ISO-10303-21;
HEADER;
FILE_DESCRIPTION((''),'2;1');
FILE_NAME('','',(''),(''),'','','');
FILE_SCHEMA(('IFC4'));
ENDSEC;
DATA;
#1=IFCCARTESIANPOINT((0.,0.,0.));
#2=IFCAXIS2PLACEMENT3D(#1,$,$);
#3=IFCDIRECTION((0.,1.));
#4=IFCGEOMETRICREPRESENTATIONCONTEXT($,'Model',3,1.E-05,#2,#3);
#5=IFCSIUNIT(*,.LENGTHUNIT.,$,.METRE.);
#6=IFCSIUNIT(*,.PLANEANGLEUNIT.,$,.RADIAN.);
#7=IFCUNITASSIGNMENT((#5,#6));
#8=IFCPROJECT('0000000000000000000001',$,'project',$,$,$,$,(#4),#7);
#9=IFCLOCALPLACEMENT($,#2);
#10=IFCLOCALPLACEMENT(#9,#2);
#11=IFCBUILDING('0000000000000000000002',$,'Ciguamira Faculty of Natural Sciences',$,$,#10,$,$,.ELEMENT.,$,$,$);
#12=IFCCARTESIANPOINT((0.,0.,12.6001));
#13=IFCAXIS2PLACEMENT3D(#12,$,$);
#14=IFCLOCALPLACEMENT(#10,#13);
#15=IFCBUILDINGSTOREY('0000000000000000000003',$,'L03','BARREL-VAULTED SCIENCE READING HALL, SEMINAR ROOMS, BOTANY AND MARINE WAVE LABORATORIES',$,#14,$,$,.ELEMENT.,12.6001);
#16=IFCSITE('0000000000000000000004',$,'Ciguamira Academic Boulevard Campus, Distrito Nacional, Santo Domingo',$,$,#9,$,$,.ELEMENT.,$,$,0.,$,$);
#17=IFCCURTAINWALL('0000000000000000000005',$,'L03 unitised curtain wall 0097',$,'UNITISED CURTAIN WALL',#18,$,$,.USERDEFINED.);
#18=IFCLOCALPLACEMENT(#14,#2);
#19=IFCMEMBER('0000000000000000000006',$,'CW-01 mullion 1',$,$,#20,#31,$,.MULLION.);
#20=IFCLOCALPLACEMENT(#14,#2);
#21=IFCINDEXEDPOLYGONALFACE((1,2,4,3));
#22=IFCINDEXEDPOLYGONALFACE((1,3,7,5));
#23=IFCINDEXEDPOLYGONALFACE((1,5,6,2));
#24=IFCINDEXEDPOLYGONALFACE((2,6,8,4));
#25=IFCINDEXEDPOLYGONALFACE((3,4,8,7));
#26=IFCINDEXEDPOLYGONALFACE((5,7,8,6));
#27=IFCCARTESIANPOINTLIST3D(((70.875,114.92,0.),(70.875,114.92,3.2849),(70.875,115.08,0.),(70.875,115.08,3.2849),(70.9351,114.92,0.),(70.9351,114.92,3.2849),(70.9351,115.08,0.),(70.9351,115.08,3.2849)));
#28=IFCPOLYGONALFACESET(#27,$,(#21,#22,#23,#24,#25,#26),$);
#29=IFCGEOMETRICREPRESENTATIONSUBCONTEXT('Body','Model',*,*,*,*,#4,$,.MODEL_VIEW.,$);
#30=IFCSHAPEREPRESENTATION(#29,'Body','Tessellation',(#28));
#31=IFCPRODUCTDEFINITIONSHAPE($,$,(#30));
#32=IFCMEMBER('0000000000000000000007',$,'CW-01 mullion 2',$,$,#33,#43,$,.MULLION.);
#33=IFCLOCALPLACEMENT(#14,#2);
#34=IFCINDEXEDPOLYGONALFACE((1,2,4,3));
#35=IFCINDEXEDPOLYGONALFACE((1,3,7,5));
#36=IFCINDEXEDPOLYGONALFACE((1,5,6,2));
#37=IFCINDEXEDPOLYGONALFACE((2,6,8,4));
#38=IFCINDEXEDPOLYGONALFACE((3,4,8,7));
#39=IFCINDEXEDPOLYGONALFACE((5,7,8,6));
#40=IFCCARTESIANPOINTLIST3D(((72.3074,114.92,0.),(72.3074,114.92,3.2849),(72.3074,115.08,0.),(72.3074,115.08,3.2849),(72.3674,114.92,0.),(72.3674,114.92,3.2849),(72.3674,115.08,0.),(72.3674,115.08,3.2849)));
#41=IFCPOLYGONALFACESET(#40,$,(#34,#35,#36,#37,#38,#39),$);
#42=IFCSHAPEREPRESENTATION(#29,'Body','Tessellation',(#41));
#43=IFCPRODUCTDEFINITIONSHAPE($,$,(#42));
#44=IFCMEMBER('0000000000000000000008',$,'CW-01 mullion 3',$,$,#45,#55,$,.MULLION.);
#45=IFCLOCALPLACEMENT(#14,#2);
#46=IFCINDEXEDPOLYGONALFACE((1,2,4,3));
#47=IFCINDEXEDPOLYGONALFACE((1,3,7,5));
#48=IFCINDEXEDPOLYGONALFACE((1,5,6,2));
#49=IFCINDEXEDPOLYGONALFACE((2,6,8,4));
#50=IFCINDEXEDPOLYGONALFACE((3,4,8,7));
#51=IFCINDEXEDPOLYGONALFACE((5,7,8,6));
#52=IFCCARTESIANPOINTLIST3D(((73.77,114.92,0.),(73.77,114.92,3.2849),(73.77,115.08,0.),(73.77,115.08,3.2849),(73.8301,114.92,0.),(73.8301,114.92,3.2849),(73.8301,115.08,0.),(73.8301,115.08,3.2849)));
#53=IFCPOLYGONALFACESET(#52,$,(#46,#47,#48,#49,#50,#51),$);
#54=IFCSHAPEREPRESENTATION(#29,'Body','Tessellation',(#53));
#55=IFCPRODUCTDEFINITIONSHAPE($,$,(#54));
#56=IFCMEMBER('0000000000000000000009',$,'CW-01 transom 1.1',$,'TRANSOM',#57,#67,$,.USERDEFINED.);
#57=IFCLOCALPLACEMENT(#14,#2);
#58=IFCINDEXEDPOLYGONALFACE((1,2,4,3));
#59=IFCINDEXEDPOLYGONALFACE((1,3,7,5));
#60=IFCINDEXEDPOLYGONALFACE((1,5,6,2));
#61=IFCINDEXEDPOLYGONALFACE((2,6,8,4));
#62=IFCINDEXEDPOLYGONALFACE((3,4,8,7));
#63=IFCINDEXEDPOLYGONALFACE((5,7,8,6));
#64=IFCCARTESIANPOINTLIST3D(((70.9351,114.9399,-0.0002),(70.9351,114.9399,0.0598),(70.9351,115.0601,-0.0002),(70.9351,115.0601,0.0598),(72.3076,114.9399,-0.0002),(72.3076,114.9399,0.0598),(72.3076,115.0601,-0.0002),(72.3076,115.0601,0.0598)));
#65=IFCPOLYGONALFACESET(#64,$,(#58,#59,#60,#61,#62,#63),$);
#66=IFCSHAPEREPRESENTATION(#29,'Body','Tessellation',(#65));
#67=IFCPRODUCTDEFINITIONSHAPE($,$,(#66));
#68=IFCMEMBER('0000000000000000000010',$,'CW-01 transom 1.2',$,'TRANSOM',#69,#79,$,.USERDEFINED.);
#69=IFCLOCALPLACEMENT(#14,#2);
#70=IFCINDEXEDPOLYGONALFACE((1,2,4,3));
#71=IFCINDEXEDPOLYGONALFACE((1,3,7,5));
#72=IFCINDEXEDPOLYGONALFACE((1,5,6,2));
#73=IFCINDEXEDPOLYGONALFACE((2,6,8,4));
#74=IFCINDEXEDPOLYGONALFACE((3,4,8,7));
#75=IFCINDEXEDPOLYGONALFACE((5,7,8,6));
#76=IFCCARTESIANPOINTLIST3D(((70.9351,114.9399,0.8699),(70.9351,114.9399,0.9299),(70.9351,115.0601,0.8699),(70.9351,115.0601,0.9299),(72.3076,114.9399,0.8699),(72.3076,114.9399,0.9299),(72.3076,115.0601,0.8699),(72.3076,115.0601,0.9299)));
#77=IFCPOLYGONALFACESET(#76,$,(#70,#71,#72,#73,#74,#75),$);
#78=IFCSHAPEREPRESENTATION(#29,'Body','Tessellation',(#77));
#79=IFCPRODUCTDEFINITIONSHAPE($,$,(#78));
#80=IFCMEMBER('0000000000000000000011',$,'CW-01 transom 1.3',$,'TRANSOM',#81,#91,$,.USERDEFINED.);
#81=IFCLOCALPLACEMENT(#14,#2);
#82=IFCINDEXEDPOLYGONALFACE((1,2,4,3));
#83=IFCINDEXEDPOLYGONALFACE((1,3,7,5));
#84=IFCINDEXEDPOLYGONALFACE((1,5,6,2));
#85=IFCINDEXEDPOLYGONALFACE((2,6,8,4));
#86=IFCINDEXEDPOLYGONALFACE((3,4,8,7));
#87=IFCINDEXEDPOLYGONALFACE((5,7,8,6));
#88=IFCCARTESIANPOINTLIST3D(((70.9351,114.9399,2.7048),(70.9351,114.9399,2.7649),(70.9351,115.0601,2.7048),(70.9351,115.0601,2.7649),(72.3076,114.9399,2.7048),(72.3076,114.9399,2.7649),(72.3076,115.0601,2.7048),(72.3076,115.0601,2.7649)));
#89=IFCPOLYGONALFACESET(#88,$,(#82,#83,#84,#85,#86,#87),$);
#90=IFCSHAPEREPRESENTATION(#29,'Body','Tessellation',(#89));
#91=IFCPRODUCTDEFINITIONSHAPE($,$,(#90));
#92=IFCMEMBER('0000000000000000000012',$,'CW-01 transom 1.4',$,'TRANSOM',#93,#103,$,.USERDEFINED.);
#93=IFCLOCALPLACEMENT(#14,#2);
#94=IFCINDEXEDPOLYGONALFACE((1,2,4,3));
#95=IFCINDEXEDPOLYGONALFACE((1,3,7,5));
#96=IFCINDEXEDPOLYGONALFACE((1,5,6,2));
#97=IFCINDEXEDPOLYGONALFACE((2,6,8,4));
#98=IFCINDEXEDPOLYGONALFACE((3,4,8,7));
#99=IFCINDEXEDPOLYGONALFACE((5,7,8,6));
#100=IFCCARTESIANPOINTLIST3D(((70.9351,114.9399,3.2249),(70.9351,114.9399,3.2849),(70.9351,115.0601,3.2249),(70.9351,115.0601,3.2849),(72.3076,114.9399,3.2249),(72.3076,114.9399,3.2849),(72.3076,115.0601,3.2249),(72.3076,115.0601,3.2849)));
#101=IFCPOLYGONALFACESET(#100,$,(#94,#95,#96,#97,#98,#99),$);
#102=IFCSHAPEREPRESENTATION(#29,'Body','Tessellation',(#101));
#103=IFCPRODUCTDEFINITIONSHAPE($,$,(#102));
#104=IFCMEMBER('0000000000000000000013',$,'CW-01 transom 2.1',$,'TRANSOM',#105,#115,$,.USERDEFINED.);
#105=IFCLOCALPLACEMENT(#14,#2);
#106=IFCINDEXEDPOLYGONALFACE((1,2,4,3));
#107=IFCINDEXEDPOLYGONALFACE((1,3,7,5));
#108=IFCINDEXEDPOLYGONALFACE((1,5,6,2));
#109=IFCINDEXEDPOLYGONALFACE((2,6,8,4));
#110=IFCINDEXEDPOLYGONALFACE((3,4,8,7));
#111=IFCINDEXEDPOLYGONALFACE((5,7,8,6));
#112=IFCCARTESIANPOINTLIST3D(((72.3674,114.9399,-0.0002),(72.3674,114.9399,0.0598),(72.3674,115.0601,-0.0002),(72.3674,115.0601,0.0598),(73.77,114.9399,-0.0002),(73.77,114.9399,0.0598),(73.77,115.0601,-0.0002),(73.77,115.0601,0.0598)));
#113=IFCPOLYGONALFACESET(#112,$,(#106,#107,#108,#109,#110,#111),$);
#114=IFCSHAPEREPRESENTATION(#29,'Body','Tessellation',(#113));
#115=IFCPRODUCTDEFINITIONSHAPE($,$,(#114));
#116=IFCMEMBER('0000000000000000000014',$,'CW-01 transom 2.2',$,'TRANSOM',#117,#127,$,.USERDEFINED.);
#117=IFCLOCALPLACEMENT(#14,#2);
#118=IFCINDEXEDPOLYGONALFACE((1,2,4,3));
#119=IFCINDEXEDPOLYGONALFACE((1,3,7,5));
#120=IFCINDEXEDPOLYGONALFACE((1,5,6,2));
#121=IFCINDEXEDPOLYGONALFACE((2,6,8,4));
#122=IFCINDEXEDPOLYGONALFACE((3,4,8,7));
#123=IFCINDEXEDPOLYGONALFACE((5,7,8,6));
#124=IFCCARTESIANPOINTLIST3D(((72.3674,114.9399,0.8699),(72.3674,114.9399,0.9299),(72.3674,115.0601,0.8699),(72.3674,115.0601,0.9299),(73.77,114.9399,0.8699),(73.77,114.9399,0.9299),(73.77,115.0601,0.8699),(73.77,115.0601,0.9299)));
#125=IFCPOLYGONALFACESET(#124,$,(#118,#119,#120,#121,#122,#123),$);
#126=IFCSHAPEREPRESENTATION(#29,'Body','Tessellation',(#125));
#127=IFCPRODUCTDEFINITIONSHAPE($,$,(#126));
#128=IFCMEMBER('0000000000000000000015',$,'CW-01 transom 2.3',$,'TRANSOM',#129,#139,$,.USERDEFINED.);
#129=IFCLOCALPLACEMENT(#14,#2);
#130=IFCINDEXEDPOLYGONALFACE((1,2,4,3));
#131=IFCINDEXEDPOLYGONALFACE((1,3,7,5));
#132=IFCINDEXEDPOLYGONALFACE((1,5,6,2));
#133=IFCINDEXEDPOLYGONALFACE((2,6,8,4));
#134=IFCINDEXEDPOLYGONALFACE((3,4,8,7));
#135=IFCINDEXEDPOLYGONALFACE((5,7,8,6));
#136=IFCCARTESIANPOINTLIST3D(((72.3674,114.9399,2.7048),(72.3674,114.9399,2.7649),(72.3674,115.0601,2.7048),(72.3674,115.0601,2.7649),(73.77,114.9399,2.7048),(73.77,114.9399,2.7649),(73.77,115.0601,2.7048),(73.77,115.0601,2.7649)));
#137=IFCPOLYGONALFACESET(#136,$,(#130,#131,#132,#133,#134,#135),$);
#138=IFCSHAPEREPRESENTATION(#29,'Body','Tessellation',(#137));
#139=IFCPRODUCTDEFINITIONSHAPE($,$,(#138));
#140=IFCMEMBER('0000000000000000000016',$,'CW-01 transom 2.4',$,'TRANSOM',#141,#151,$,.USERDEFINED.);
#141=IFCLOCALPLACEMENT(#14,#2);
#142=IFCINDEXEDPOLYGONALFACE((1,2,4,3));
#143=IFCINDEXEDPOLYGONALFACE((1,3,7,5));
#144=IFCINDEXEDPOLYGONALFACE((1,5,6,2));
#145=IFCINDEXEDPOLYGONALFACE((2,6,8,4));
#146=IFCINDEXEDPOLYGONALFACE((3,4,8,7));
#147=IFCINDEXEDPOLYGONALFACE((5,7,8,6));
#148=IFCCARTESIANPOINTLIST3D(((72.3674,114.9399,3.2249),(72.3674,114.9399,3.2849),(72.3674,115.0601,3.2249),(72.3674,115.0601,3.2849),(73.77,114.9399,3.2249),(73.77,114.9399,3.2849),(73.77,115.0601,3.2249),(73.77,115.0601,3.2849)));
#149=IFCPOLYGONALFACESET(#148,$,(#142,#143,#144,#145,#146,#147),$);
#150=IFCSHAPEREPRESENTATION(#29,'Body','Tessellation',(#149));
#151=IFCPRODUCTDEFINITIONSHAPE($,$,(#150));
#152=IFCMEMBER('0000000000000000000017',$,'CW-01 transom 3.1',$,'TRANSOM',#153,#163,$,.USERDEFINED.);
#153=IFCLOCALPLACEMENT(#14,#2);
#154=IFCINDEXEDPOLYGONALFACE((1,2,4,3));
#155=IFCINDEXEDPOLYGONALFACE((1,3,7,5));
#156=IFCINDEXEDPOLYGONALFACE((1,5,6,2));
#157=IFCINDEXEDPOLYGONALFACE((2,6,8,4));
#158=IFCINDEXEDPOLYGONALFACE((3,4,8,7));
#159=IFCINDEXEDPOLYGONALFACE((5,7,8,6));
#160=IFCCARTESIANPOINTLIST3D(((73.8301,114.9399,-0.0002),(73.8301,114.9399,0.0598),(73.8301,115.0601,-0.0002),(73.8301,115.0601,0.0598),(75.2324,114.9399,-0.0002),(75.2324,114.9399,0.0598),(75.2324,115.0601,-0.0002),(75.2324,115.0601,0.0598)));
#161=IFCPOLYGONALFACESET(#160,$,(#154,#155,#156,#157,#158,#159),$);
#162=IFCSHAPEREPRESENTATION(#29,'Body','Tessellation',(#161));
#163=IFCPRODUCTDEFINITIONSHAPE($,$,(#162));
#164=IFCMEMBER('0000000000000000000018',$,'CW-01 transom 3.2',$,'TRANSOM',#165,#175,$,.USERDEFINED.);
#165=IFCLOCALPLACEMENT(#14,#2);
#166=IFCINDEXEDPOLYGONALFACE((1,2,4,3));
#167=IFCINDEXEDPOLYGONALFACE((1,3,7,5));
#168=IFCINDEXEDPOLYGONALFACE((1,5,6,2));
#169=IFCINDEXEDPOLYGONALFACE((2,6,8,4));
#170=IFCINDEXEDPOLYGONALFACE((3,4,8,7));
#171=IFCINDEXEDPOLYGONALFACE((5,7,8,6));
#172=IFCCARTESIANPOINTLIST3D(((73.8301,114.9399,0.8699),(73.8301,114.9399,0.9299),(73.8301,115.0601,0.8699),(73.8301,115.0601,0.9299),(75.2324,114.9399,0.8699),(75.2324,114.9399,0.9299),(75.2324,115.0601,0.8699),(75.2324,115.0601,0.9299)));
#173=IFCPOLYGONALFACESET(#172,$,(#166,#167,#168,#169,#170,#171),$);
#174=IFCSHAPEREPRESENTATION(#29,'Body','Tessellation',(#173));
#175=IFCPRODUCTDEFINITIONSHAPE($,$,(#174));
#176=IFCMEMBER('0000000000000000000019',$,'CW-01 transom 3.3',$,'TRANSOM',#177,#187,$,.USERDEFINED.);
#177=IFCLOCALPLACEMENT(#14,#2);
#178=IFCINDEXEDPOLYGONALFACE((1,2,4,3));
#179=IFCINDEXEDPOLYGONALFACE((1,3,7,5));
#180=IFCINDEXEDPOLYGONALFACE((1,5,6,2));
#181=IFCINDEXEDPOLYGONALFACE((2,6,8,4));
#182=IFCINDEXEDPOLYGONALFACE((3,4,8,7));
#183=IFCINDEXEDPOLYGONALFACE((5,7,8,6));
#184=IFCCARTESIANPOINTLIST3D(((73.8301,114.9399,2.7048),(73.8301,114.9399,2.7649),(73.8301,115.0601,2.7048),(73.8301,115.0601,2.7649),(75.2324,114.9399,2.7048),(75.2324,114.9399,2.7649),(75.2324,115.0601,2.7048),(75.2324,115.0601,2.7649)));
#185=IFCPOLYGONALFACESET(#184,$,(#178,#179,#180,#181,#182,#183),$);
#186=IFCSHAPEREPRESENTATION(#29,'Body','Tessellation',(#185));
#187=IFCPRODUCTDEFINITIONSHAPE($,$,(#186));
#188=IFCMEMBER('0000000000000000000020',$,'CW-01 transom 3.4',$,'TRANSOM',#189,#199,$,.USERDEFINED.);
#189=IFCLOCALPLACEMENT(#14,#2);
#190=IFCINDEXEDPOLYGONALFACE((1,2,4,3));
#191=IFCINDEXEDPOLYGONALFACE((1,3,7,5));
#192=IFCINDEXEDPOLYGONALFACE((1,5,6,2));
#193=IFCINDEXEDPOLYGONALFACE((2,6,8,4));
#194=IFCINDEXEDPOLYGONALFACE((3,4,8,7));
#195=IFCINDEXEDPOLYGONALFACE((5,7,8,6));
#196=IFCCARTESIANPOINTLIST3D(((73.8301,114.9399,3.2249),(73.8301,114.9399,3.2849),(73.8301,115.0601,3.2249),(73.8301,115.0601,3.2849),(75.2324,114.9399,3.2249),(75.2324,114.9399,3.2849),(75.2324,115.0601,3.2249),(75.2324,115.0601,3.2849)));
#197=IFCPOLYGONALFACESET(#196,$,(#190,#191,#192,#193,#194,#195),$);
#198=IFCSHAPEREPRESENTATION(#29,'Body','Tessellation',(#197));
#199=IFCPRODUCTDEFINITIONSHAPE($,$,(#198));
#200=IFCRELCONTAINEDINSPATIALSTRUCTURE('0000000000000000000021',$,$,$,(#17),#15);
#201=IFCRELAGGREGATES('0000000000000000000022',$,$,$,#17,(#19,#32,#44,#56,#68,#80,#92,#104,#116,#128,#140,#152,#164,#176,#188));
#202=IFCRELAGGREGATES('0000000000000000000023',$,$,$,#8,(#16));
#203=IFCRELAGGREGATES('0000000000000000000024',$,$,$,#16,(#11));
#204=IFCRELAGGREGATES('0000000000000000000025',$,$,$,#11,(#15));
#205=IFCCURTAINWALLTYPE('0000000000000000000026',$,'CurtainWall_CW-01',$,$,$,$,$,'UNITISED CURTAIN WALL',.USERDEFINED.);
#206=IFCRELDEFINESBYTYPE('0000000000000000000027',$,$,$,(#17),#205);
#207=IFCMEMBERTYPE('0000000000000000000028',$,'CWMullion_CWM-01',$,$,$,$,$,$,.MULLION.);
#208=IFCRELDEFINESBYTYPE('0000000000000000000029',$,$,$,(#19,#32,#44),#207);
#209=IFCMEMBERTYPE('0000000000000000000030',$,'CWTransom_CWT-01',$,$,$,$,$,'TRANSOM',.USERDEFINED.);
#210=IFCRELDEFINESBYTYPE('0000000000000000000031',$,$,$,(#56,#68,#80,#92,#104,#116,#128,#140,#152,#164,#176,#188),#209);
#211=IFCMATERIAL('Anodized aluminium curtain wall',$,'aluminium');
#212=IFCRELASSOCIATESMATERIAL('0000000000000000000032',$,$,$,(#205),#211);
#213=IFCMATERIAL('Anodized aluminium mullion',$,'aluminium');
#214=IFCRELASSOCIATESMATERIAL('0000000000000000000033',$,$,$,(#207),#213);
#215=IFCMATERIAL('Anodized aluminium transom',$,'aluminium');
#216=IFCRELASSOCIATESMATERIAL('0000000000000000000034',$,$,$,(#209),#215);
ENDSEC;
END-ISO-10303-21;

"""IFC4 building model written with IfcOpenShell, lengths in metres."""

from ifc_helpers import new_model, si_unit, direction, frame, origin, origin_2d, place, context, subcontext, project, spatial, rectangle, extrude, material, material_profile, profile_set, type_object, element, aggregate, save


model = new_model("IFC4")

# Units and contexts
model_context = context("Model", 3, precision=1e-05, world=origin(), true_north=direction((0.0, 1.0)))
body_context = subcontext(model_context, "Body", "Model", "MODEL_VIEW")
ifc_project = project(units=[si_unit("LENGTHUNIT", "METRE"), si_unit("PLANEANGLEUNIT", "RADIAN")], contexts=[model_context])

# Site, building, storey
site_placement = place(None, origin())
site = spatial("IfcSite", under=ifc_project, at=site_placement, Name="Ciguamira Academic Boulevard Campus, Distrito Nacional, Santo Domingo", CompositionType="ELEMENT", RefElevation=0.0)
building_placement = place(site_placement, origin())
building = spatial("IfcBuilding", under=site, at=building_placement, Name="Ciguamira Faculty of Natural Sciences", CompositionType="ELEMENT")
storey_placement = place(building_placement, frame((0.0, 0.0, 12.6001)))
storey = spatial("IfcBuildingStorey", under=building, at=storey_placement, Name="L03", Description="BARREL-VAULTED SCIENCE READING HALL, SEMINAR ROOMS, BOTANY AND MARINE WAVE LABORATORIES", CompositionType="ELEMENT", Elevation=12.6001)

# Curtain wall, members
ifc_material_1 = material(Name="Anodized aluminium curtain wall", Category="aluminium")
curtain_wall_type = type_object("IfcCurtainWallType", Name="CurtainWall_CW-01", ElementType="UNITISED CURTAIN WALL", PredefinedType="USERDEFINED", material=ifc_material_1)
curtain_wall_placement = place(storey_placement, origin())
curtain_wall = element("IfcCurtainWall", 1, at=curtain_wall_placement, inside=storey, type_object=curtain_wall_type, Name="L03 unitised curtain wall 0097", ObjectType="UNITISED CURTAIN WALL", PredefinedType="USERDEFINED")
ifc_material_2 = material(Name="Anodized aluminium mullion", Category="aluminium")
ifc_material_profile_1 = material_profile(ifc_material_2, rectangle(XDim=0.0601, YDim=0.1599, at=origin_2d()), Name="ALU-MUL-60X160")
ifc_profile_set_1 = profile_set([ifc_material_profile_1], Name="Anodized aluminium mullion")
member_type_1 = type_object("IfcMemberType", Name="CWMullion_CWM-01", PredefinedType="MULLION", material=ifc_profile_set_1)
member_1_placement = place(storey_placement, frame((70.905, 115.0, 0.0), z_axis=(0.0, 0.0, 1.0), x_axis=(1.0, 0.0, 0.0)))
member_1 = element("IfcMember", 2, at=member_1_placement, type_object=member_type_1, Name="CW-01 mullion 1", PredefinedType="MULLION", context=body_context, shape_type="SweptSolid", body=[
    extrude(rectangle(XDim=0.0601, YDim=0.1599, at=origin_2d()), origin(), (0.0, 0.0, 1.0), 3.2849),
])
member_2_placement = place(storey_placement, frame((72.3374, 115.0, 0.0), z_axis=(0.0, 0.0, 1.0), x_axis=(1.0, 0.0, 0.0)))
member_2 = element("IfcMember", 3, at=member_2_placement, type_object=member_type_1, Name="CW-01 mullion 2", PredefinedType="MULLION", context=body_context, shape_type="SweptSolid", body=[
    extrude(rectangle(XDim=0.0601, YDim=0.1599, at=origin_2d()), origin(), (0.0, 0.0, 1.0), 3.2849),
])
member_3_placement = place(storey_placement, frame((73.8, 115.0, 0.0), z_axis=(0.0, 0.0, 1.0), x_axis=(1.0, 0.0, 0.0)))
member_3 = element("IfcMember", 4, at=member_3_placement, type_object=member_type_1, Name="CW-01 mullion 3", PredefinedType="MULLION", context=body_context, shape_type="SweptSolid", body=[
    extrude(rectangle(XDim=0.0601, YDim=0.1599, at=origin_2d()), origin(), (0.0, 0.0, 1.0), 3.2849),
])
ifc_material_3 = material(Name="Anodized aluminium transom", Category="aluminium")
ifc_material_profile_2 = material_profile(ifc_material_3, rectangle(XDim=0.0601, YDim=0.1201, at=origin_2d()), Name="ALU-TRN-60X120")
ifc_profile_set_2 = profile_set([ifc_material_profile_2], Name="Anodized aluminium transom")
member_type_2 = type_object("IfcMemberType", Name="CWTransom_CWT-01", ElementType="TRANSOM", PredefinedType="USERDEFINED", material=ifc_profile_set_2)
member_4_placement = place(storey_placement, frame((70.9351, 115.0, 0.0298), z_axis=(1.0, 0.0, 0.0), x_axis=(0.0, 0.0, 1.0)))
member_4 = element("IfcMember", 5, at=member_4_placement, type_object=member_type_2, Name="CW-01 transom 1.1", ObjectType="TRANSOM", PredefinedType="USERDEFINED", context=body_context, shape_type="SweptSolid", body=[
    extrude(rectangle(XDim=0.0601, YDim=0.1201, at=origin_2d()), origin(), (0.0, 0.0, 1.0), 1.3726),
])
member_5_placement = place(storey_placement, frame((70.9351, 115.0, 0.8999), z_axis=(1.0, 0.0, 0.0), x_axis=(0.0, 0.0, 1.0)))
member_5 = element("IfcMember", 6, at=member_5_placement, type_object=member_type_2, Name="CW-01 transom 1.2", ObjectType="TRANSOM", PredefinedType="USERDEFINED", context=body_context, shape_type="SweptSolid", body=[
    extrude(rectangle(XDim=0.0601, YDim=0.1201, at=origin_2d()), origin(), (0.0, 0.0, 1.0), 1.3726),
])
member_6_placement = place(storey_placement, frame((70.9351, 115.0, 2.7349), z_axis=(1.0, 0.0, 0.0), x_axis=(0.0, 0.0, 1.0)))
member_6 = element("IfcMember", 7, at=member_6_placement, type_object=member_type_2, Name="CW-01 transom 1.3", ObjectType="TRANSOM", PredefinedType="USERDEFINED", context=body_context, shape_type="SweptSolid", body=[
    extrude(rectangle(XDim=0.0601, YDim=0.1201, at=origin_2d()), origin(), (0.0, 0.0, 1.0), 1.3726),
])
member_7_placement = place(storey_placement, frame((70.9351, 115.0, 3.2549), z_axis=(1.0, 0.0, 0.0), x_axis=(0.0, 0.0, 1.0)))
member_7 = element("IfcMember", 8, at=member_7_placement, type_object=member_type_2, Name="CW-01 transom 1.4", ObjectType="TRANSOM", PredefinedType="USERDEFINED", context=body_context, shape_type="SweptSolid", body=[
    extrude(rectangle(XDim=0.0601, YDim=0.1201, at=origin_2d()), origin(), (0.0, 0.0, 1.0), 1.3726),
])
member_8_placement = place(storey_placement, frame((72.3674, 115.0, 0.0298), z_axis=(1.0, 0.0, 0.0), x_axis=(0.0, 0.0, 1.0)))
member_8 = element("IfcMember", 9, at=member_8_placement, type_object=member_type_2, Name="CW-01 transom 2.1", ObjectType="TRANSOM", PredefinedType="USERDEFINED", context=body_context, shape_type="SweptSolid", body=[
    extrude(rectangle(XDim=0.0601, YDim=0.1201, at=origin_2d()), origin(), (0.0, 0.0, 1.0), 1.4026),
])
member_9_placement = place(storey_placement, frame((72.3674, 115.0, 0.8999), z_axis=(1.0, 0.0, 0.0), x_axis=(0.0, 0.0, 1.0)))
member_9 = element("IfcMember", 10, at=member_9_placement, type_object=member_type_2, Name="CW-01 transom 2.2", ObjectType="TRANSOM", PredefinedType="USERDEFINED", context=body_context, shape_type="SweptSolid", body=[
    extrude(rectangle(XDim=0.0601, YDim=0.1201, at=origin_2d()), origin(), (0.0, 0.0, 1.0), 1.4026),
])
member_10_placement = place(storey_placement, frame((72.3674, 115.0, 2.7349), z_axis=(1.0, 0.0, 0.0), x_axis=(0.0, 0.0, 1.0)))
member_10 = element("IfcMember", 11, at=member_10_placement, type_object=member_type_2, Name="CW-01 transom 2.3", ObjectType="TRANSOM", PredefinedType="USERDEFINED", context=body_context, shape_type="SweptSolid", body=[
    extrude(rectangle(XDim=0.0601, YDim=0.1201, at=origin_2d()), origin(), (0.0, 0.0, 1.0), 1.4026),
])
member_11_placement = place(storey_placement, frame((72.3674, 115.0, 3.2549), z_axis=(1.0, 0.0, 0.0), x_axis=(0.0, 0.0, 1.0)))
member_11 = element("IfcMember", 12, at=member_11_placement, type_object=member_type_2, Name="CW-01 transom 2.4", ObjectType="TRANSOM", PredefinedType="USERDEFINED", context=body_context, shape_type="SweptSolid", body=[
    extrude(rectangle(XDim=0.0601, YDim=0.1201, at=origin_2d()), origin(), (0.0, 0.0, 1.0), 1.4026),
])
member_12_placement = place(storey_placement, frame((73.8301, 115.0, 0.0298), z_axis=(1.0, 0.0, 0.0), x_axis=(0.0, 0.0, 1.0)))
member_12 = element("IfcMember", 13, at=member_12_placement, type_object=member_type_2, Name="CW-01 transom 3.1", ObjectType="TRANSOM", PredefinedType="USERDEFINED", context=body_context, shape_type="SweptSolid", body=[
    extrude(rectangle(XDim=0.0601, YDim=0.1201, at=origin_2d()), origin(), (0.0, 0.0, 1.0), 1.4023),
])
member_13_placement = place(storey_placement, frame((73.8301, 115.0, 0.8999), z_axis=(1.0, 0.0, 0.0), x_axis=(0.0, 0.0, 1.0)))
member_13 = element("IfcMember", 14, at=member_13_placement, type_object=member_type_2, Name="CW-01 transom 3.2", ObjectType="TRANSOM", PredefinedType="USERDEFINED", context=body_context, shape_type="SweptSolid", body=[
    extrude(rectangle(XDim=0.0601, YDim=0.1201, at=origin_2d()), origin(), (0.0, 0.0, 1.0), 1.4023),
])
member_14_placement = place(storey_placement, frame((73.8301, 115.0, 2.7349), z_axis=(1.0, 0.0, 0.0), x_axis=(0.0, 0.0, 1.0)))
member_14 = element("IfcMember", 15, at=member_14_placement, type_object=member_type_2, Name="CW-01 transom 3.3", ObjectType="TRANSOM", PredefinedType="USERDEFINED", context=body_context, shape_type="SweptSolid", body=[
    extrude(rectangle(XDim=0.0601, YDim=0.1201, at=origin_2d()), origin(), (0.0, 0.0, 1.0), 1.4023),
])
member_15_placement = place(storey_placement, frame((73.8301, 115.0, 3.2549), z_axis=(1.0, 0.0, 0.0), x_axis=(0.0, 0.0, 1.0)))
member_15 = element("IfcMember", 16, at=member_15_placement, type_object=member_type_2, Name="CW-01 transom 3.4", ObjectType="TRANSOM", PredefinedType="USERDEFINED", context=body_context, shape_type="SweptSolid", body=[
    extrude(rectangle(XDim=0.0601, YDim=0.1201, at=origin_2d()), origin(), (0.0, 0.0, 1.0), 1.4023),
])
aggregate(curtain_wall, [member_1, member_2, member_3, member_4, member_5, member_6, member_7, member_8, member_9, member_10, member_11, member_12, member_13, member_14, member_15])

save(model, "model.ifc")
